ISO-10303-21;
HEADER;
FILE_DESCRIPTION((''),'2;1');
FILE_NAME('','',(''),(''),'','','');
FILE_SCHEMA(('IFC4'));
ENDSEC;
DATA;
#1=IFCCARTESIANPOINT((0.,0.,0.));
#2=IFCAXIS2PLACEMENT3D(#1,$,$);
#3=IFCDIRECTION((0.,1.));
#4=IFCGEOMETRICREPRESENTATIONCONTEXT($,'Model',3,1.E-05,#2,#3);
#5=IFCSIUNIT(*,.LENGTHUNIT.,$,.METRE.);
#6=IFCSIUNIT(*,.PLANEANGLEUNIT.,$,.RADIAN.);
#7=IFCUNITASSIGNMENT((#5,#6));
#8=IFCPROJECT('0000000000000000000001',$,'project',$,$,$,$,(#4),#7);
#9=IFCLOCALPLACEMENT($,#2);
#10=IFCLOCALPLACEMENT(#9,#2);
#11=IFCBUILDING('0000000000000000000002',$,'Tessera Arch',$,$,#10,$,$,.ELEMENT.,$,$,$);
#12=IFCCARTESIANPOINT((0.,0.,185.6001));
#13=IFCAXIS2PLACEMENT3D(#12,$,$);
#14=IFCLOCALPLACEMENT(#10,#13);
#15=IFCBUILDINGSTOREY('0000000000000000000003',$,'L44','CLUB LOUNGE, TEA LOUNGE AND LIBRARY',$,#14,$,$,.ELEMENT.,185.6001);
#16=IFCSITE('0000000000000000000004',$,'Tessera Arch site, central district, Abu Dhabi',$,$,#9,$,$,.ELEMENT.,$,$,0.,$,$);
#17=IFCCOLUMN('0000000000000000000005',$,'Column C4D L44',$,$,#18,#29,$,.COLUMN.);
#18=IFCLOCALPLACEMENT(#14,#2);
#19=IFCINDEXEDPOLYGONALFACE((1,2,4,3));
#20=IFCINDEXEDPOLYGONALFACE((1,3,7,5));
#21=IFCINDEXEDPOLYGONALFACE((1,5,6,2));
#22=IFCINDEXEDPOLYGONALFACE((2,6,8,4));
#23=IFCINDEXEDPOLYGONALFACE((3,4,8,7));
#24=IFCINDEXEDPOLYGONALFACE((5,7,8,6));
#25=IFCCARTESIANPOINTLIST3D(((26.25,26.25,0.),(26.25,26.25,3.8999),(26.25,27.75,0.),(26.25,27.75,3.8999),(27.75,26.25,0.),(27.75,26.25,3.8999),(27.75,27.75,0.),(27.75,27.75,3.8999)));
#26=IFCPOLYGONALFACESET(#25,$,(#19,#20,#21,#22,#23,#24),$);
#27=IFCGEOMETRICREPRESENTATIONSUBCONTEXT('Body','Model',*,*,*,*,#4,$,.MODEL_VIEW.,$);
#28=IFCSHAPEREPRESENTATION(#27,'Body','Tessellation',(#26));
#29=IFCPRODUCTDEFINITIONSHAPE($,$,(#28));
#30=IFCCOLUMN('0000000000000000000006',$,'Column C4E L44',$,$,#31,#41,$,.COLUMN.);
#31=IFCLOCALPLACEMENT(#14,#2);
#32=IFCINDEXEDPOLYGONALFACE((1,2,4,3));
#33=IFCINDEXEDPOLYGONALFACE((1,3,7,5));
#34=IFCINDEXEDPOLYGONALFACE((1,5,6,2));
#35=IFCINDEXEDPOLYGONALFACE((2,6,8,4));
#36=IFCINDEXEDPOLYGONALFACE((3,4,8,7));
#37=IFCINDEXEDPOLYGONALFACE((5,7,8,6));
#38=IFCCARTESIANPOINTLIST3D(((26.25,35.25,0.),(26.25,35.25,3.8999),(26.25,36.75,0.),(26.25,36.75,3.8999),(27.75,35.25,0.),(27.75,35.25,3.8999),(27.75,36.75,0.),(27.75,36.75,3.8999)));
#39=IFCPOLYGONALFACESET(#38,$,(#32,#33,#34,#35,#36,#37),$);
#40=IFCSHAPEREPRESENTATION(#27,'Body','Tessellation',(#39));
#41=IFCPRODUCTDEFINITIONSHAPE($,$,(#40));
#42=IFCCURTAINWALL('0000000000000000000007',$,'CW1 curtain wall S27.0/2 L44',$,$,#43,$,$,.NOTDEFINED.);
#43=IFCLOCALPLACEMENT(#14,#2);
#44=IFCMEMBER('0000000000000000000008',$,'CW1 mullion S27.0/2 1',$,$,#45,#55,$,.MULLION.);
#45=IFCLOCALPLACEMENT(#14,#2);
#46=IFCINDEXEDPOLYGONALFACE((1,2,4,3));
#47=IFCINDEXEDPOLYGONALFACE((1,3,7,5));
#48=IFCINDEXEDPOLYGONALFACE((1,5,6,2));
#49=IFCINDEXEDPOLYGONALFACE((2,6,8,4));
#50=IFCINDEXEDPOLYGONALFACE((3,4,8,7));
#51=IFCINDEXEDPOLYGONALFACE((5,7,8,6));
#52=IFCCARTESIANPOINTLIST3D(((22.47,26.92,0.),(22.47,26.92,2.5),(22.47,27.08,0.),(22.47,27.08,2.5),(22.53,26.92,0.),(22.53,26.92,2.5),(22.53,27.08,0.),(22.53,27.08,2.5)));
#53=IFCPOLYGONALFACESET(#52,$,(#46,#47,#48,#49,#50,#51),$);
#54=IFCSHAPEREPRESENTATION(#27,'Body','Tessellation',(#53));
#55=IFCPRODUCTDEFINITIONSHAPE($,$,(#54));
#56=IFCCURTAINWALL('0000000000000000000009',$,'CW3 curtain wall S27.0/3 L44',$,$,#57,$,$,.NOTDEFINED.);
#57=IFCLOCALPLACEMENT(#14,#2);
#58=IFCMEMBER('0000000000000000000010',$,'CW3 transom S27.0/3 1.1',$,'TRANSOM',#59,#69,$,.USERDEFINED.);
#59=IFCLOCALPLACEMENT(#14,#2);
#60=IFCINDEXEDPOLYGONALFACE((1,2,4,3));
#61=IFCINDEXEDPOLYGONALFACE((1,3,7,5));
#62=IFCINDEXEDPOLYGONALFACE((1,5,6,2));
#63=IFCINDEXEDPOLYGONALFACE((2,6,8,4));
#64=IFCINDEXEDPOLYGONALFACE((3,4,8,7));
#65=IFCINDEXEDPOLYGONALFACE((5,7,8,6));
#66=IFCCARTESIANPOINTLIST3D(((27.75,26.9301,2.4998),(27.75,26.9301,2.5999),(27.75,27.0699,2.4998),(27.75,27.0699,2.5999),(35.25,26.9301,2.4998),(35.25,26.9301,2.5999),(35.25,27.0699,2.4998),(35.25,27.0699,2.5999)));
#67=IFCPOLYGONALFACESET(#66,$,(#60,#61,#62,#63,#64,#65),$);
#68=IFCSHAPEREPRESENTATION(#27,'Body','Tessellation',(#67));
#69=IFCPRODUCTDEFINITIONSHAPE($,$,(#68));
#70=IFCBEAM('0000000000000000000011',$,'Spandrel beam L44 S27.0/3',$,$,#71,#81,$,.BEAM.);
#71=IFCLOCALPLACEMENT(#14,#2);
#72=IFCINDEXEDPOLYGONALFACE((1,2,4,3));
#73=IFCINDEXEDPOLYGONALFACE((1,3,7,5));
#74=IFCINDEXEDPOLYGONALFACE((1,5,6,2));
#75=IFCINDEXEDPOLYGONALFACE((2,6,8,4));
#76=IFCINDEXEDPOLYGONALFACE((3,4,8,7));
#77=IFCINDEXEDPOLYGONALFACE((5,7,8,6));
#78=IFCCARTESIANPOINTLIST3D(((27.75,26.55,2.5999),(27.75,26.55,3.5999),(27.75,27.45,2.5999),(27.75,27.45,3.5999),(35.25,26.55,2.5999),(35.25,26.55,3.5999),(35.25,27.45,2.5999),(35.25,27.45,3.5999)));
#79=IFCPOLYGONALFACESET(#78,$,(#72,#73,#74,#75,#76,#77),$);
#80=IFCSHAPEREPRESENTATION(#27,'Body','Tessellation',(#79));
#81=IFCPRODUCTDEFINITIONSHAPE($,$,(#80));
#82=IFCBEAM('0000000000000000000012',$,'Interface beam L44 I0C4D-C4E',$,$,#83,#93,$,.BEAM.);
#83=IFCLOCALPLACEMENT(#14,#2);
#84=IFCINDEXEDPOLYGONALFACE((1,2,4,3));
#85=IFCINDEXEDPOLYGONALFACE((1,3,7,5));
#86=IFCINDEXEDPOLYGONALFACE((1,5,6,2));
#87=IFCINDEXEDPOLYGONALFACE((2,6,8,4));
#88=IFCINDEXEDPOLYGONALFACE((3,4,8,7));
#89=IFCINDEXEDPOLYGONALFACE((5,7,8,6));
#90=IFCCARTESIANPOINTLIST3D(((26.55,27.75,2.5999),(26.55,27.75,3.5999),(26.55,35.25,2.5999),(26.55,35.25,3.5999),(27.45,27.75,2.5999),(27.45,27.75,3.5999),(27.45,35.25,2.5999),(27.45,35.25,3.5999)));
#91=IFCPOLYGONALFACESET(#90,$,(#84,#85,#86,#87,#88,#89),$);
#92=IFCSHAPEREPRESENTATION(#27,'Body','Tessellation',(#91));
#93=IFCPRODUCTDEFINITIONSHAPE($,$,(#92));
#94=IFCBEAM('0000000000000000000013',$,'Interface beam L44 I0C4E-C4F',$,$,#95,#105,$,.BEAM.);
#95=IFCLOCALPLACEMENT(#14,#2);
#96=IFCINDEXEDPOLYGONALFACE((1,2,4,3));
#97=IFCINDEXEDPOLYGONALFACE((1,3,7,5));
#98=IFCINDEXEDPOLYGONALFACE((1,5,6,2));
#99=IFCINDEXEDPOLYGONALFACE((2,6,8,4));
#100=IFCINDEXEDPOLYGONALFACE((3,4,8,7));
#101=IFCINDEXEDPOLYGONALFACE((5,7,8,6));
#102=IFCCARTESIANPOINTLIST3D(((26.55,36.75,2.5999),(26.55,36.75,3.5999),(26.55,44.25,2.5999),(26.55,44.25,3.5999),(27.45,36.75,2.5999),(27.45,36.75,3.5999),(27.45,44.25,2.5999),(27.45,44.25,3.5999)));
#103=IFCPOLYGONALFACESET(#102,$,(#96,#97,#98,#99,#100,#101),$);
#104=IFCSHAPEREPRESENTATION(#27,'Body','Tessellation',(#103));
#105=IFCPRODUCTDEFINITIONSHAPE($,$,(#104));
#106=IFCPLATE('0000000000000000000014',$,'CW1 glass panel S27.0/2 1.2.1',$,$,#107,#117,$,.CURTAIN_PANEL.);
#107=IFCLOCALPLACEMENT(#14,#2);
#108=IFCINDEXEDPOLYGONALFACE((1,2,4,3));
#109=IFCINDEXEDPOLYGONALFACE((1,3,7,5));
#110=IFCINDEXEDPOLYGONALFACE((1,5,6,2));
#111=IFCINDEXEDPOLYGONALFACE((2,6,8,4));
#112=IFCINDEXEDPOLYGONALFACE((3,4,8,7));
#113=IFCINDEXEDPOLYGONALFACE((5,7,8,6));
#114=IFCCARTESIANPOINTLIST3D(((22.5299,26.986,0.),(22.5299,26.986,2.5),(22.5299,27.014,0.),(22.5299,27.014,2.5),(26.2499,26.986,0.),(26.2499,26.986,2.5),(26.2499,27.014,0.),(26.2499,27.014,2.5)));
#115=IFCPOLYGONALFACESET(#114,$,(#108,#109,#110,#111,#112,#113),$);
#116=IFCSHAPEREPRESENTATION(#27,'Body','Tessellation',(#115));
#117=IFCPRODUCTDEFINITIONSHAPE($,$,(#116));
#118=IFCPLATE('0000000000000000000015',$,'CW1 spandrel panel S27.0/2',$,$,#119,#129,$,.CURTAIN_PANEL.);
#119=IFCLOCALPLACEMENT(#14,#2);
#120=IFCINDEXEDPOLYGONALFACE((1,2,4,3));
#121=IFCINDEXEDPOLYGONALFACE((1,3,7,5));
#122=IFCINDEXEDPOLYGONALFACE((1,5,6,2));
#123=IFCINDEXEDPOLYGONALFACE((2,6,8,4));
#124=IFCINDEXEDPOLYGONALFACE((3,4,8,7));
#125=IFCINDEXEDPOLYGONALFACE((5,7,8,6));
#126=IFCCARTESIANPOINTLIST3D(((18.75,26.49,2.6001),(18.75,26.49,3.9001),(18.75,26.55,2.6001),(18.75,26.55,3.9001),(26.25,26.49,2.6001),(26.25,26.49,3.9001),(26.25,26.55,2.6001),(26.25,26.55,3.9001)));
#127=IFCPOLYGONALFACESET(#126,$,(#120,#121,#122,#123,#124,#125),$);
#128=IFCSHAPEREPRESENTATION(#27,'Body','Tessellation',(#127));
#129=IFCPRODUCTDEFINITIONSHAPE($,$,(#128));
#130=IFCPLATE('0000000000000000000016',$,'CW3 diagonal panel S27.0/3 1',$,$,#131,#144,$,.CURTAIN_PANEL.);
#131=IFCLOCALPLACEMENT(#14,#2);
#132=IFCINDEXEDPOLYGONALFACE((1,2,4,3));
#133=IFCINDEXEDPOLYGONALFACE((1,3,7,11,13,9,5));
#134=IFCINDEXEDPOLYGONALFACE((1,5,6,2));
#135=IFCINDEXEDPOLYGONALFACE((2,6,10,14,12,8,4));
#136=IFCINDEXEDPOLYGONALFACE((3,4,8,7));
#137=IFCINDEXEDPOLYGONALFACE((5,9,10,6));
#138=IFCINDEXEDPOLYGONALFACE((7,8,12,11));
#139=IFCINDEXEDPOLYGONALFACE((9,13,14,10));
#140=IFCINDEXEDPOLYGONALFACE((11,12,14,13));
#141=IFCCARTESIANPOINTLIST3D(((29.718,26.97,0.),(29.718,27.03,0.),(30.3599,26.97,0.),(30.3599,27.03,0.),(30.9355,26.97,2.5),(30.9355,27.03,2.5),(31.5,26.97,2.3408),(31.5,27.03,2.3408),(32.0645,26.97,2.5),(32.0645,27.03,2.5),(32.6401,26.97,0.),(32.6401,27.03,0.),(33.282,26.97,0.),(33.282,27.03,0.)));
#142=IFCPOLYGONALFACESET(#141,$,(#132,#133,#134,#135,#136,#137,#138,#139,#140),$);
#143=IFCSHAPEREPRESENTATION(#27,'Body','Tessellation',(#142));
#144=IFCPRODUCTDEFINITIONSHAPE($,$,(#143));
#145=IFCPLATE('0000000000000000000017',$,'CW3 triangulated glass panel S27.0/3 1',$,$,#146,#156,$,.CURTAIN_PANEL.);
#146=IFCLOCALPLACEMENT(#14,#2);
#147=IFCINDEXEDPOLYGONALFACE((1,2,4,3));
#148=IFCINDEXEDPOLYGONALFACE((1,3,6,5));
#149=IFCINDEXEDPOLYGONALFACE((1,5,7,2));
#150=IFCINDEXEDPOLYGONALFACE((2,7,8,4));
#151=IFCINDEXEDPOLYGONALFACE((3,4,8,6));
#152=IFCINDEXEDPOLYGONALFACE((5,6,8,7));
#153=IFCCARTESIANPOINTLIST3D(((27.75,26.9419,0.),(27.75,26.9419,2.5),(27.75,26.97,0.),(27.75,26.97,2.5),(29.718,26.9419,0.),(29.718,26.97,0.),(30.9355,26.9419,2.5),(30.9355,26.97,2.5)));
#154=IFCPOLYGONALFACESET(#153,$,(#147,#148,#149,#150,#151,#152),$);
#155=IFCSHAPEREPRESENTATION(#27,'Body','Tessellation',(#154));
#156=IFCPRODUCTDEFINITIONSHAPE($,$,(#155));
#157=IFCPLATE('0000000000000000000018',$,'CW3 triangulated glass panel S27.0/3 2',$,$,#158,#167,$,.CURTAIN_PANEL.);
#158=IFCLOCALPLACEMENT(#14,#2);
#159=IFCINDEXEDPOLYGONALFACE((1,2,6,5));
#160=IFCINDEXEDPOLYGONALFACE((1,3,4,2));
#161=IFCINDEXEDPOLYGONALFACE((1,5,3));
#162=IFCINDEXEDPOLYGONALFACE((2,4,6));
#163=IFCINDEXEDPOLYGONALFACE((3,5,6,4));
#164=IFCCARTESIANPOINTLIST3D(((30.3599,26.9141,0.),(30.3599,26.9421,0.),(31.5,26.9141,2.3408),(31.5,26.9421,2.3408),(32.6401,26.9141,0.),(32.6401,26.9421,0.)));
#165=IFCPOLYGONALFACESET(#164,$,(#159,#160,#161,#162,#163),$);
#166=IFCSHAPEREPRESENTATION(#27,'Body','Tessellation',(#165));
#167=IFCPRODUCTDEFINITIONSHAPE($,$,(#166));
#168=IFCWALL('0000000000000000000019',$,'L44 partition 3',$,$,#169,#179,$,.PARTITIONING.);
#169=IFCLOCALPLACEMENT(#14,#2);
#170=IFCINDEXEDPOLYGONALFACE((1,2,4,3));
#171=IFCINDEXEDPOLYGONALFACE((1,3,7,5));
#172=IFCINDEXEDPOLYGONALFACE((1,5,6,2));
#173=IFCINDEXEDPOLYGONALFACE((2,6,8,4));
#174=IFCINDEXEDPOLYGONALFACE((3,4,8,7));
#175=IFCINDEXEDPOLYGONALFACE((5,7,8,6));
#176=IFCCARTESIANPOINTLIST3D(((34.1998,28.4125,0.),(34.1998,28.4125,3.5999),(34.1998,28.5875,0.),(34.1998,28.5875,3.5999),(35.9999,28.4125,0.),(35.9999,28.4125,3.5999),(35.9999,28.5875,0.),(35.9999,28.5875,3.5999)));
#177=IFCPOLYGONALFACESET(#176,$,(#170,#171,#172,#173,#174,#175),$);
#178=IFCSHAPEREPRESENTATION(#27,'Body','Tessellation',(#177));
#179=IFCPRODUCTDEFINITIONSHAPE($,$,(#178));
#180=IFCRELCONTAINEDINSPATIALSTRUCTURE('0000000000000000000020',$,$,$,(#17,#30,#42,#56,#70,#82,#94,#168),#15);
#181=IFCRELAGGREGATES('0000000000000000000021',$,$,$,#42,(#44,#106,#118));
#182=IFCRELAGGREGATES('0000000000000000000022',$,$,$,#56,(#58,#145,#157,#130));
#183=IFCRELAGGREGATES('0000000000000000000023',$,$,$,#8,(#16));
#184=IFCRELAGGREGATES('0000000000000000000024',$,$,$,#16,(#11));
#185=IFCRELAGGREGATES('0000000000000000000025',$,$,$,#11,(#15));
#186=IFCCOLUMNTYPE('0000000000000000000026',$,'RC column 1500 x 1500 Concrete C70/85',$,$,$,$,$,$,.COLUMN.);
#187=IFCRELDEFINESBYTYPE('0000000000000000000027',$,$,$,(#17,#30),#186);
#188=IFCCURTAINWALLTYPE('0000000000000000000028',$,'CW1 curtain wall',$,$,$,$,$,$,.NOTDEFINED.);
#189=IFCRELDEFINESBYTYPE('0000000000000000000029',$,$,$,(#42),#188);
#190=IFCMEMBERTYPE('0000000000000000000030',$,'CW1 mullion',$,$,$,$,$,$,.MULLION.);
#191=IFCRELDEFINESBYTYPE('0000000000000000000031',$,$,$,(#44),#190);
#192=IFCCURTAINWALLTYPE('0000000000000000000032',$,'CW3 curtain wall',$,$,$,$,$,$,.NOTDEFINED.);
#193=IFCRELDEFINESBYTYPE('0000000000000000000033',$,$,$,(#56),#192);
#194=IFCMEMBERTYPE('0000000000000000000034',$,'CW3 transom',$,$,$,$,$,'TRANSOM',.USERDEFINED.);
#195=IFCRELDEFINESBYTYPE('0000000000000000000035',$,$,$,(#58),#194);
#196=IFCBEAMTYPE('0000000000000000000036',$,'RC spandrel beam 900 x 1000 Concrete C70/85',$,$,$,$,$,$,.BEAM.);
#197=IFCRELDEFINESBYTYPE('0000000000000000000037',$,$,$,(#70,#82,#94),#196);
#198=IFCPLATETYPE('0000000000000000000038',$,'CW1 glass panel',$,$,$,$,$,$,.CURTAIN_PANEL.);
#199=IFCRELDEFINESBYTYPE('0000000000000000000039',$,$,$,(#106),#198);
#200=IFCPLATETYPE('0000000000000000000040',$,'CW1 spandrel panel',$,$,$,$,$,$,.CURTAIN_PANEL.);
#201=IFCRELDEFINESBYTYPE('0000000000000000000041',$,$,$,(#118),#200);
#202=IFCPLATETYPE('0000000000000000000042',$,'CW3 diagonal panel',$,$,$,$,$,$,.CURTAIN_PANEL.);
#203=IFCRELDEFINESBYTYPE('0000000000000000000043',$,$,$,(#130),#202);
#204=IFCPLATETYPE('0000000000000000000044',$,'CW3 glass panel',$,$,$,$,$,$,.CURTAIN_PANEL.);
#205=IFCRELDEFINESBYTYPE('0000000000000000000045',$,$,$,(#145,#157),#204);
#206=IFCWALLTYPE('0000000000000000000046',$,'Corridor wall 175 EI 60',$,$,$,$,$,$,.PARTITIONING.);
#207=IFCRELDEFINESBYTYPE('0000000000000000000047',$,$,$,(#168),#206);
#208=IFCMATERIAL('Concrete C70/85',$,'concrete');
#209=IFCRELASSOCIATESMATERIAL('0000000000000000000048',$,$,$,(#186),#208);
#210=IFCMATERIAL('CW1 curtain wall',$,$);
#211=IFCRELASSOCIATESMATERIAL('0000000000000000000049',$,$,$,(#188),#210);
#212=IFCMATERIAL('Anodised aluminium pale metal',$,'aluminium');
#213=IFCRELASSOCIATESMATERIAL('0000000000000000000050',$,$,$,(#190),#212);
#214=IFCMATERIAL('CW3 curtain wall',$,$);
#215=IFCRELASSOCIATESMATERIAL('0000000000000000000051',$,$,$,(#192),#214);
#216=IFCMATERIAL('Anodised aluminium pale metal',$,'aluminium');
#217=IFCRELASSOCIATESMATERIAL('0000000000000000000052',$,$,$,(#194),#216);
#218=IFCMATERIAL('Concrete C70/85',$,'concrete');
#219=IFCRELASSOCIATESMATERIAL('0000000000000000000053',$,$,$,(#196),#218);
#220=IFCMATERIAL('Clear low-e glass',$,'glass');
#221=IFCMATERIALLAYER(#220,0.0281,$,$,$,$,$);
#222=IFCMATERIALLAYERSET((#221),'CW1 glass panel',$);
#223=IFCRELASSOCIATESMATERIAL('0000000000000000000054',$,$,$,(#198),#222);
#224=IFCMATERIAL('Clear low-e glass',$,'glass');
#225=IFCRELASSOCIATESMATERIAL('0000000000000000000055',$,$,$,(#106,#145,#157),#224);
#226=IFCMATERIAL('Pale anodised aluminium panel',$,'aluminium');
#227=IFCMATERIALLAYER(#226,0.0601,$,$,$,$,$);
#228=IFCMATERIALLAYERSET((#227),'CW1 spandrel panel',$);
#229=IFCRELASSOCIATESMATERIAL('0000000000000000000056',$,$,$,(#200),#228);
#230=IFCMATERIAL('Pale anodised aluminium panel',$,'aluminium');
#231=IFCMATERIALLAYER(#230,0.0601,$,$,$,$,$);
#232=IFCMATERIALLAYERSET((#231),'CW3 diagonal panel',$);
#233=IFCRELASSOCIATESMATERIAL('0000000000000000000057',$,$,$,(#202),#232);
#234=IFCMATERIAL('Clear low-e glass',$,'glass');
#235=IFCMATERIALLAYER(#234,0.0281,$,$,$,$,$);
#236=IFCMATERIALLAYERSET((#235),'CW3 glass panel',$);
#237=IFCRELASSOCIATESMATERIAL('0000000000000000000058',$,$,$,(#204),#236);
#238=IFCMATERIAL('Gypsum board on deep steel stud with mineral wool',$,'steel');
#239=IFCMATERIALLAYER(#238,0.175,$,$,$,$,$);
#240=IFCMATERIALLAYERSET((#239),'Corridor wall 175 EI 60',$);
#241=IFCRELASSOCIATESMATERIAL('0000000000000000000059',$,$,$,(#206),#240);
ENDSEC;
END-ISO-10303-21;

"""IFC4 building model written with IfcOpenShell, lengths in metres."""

from ifc_helpers import new_model, si_unit, direction, frame, frame_2d, origin, origin_2d, place, context, subcontext, project, spatial, polyline, rectangle, outline, extrude, material, layer, layer_set, material_profile, profile_set, type_object, element, aggregate, save


model = new_model("IFC4")

# Units and contexts
model_context = context("Model", 3, precision=1e-05, world=origin(), true_north=direction((0.0, 1.0)))
body_context = subcontext(model_context, "Body", "Model", "MODEL_VIEW")
ifc_project = project(units=[si_unit("LENGTHUNIT", "METRE"), si_unit("PLANEANGLEUNIT", "RADIAN")], contexts=[model_context])

# Site, building, storey
site_placement = place(None, origin())
site = spatial("IfcSite", under=ifc_project, at=site_placement, Name="Tessera Arch site, central district, Abu Dhabi", CompositionType="ELEMENT", RefElevation=0.0)
building_placement = place(site_placement, origin())
building = spatial("IfcBuilding", under=site, at=building_placement, Name="Tessera Arch", CompositionType="ELEMENT")
storey_placement = place(building_placement, frame((0.0, 0.0, 185.6001)))
storey = spatial("IfcBuildingStorey", under=building, at=storey_placement, Name="L44", Description="CLUB LOUNGE, TEA LOUNGE AND LIBRARY", CompositionType="ELEMENT", Elevation=185.6001)

# Columns
ifc_material_1 = material(Name="Concrete C70/85", Category="concrete")
ifc_material_profile_1 = material_profile(ifc_material_1, rectangle(XDim=1.5, YDim=1.5, at=origin_2d()), Name="RC column 1500 x 1500 Concrete C70/85")
ifc_profile_set_1 = profile_set([ifc_material_profile_1], Name="Concrete C70/85")
column_type = type_object("IfcColumnType", Name="RC column 1500 x 1500 Concrete C70/85", PredefinedType="COLUMN", material=ifc_profile_set_1)
for number, where, z_axis, x_axis, name in (
    (1, (27.0, 27.0, 0.0), (0.0, 0.0, 1.0), (1.0, 0.0, 0.0), "Column C4D L44"),
    (2, (27.0, 36.0, 0.0), (0.0, 0.0, 1.0), (1.0, 0.0, 0.0), "Column C4E L44"),
):
    element("IfcColumn", number, at=place(storey_placement, frame(where, z_axis=z_axis, x_axis=x_axis)), inside=storey, type_object=column_type, Name=name, PredefinedType="COLUMN", context=body_context, shape_type="SweptSolid", body=[
        extrude(rectangle(XDim=1.5, YDim=1.5, at=origin_2d()), origin(), (0.0, 0.0, 1.0), 3.8999),
    ])

# Curtain walls, members
ifc_material_2 = material(Name="CW1 curtain wall")
curtain_wall_type_1 = type_object("IfcCurtainWallType", Name="CW1 curtain wall", PredefinedType="NOTDEFINED", material=ifc_material_2)
curtain_wall_1_placement = place(storey_placement, origin())
curtain_wall_1 = element("IfcCurtainWall", 3, at=curtain_wall_1_placement, inside=storey, type_object=curtain_wall_type_1, Name="CW1 curtain wall S27.0/2 L44", PredefinedType="NOTDEFINED")
ifc_material_3 = material(Name="Anodised aluminium pale metal", Category="aluminium")
ifc_material_profile_2 = material_profile(ifc_material_3, rectangle(XDim=0.1599, YDim=0.0601, at=origin_2d()), Name="AL 60x160")
ifc_profile_set_2 = profile_set([ifc_material_profile_2], Name="Anodised aluminium pale metal")
member_type_1 = type_object("IfcMemberType", Name="CW1 mullion", PredefinedType="MULLION", material=ifc_profile_set_2)
member_1_placement = place(storey_placement, frame((22.5, 27.0, 0.0), z_axis=(0.0, 0.0, 1.0), x_axis=(0.0, 1.0, 0.0)))
member_1 = element("IfcMember", 4, at=member_1_placement, type_object=member_type_1, Name="CW1 mullion S27.0/2 1", PredefinedType="MULLION", context=body_context, shape_type="SweptSolid", body=[
    extrude(rectangle(XDim=0.1599, YDim=0.0601, at=origin_2d()), origin(), (0.0, 0.0, 1.0), 2.5),
])
ifc_material_4 = material(Name="CW3 curtain wall")
curtain_wall_type_2 = type_object("IfcCurtainWallType", Name="CW3 curtain wall", PredefinedType="NOTDEFINED", material=ifc_material_4)
curtain_wall_2_placement = place(storey_placement, origin())
curtain_wall_2 = element("IfcCurtainWall", 5, at=curtain_wall_2_placement, inside=storey, type_object=curtain_wall_type_2, Name="CW3 curtain wall S27.0/3 L44", PredefinedType="NOTDEFINED")
ifc_material_5 = material(Name="Anodised aluminium pale metal", Category="aluminium")
ifc_material_profile_3 = material_profile(ifc_material_5, rectangle(XDim=0.1399, YDim=0.1001, at=origin_2d()), Name="AL 140x100")
ifc_profile_set_3 = profile_set([ifc_material_profile_3], Name="Anodised aluminium pale metal")
member_type_2 = type_object("IfcMemberType", Name="CW3 transom", ElementType="TRANSOM", PredefinedType="USERDEFINED", material=ifc_profile_set_3)
member_2_placement = place(storey_placement, frame((27.75, 27.0, 2.5498), z_axis=(1.0, 0.0, 0.0), x_axis=(0.0, 1.0, 0.0)))
member_2 = element("IfcMember", 6, at=member_2_placement, type_object=member_type_2, Name="CW3 transom S27.0/3 1.1", ObjectType="TRANSOM", PredefinedType="USERDEFINED", context=body_context, shape_type="SweptSolid", body=[
    extrude(rectangle(XDim=0.1399, YDim=0.1001, at=origin_2d()), origin(), (0.0, 0.0, 1.0), 7.5),
])

# Beams
ifc_material_6 = material(Name="Concrete C70/85", Category="concrete")
ifc_material_profile_4 = material_profile(ifc_material_6, rectangle(XDim=0.8999, YDim=1.0, at=origin_2d()), Name="RC spandrel beam 900 x 1000 Concrete C70/85")
ifc_profile_set_4 = profile_set([ifc_material_profile_4], Name="Concrete C70/85")
beam_type = type_object("IfcBeamType", Name="RC spandrel beam 900 x 1000 Concrete C70/85", PredefinedType="BEAM", material=ifc_profile_set_4)
for number, where, z_axis, x_axis, name in (
    (7, (27.75, 27.0, 3.0999), (1.0, 0.0, 0.0), (0.0, 1.0, 0.0), "Spandrel beam L44 S27.0/3"),
    (8, (27.0, 27.75, 3.0999), (0.0, 1.0, 0.0), (-1.0, 0.0, 0.0), "Interface beam L44 I0C4D-C4E"),
    (9, (27.0, 36.75, 3.0999), (0.0, 1.0, 0.0), (-1.0, 0.0, 0.0), "Interface beam L44 I0C4E-C4F"),
):
    element("IfcBeam", number, at=place(storey_placement, frame(where, z_axis=z_axis, x_axis=x_axis)), inside=storey, type_object=beam_type, Name=name, PredefinedType="BEAM", context=body_context, shape_type="SweptSolid", body=[
        extrude(rectangle(XDim=0.8999, YDim=1.0, at=origin_2d()), origin(), (0.0, 0.0, 1.0), 7.5),
    ])

# Plates
ifc_material_7 = material(Name="Clear low-e glass", Category="glass")
ifc_material_8 = material(Name="Clear low-e glass", Category="glass")
ifc_layer_1 = layer(ifc_material_8, 0.0281)
ifc_layer_set_1 = layer_set([ifc_layer_1], Name="CW1 glass panel")
plate_type_1 = type_object("IfcPlateType", Name="CW1 glass panel", PredefinedType="CURTAIN_PANEL", material=ifc_layer_set_1)
plate_1_placement = place(storey_placement, frame((24.3899, 27.0, 0.0), z_axis=(0.0, 0.0, 1.0), x_axis=(1.0, 0.0, 0.0)))
plate_1 = element("IfcPlate", 10, at=plate_1_placement, type_object=plate_type_1, material=ifc_material_7, Name="CW1 glass panel S27.0/2 1.2.1", PredefinedType="CURTAIN_PANEL", context=body_context, shape_type="SweptSolid", body=[
    extrude(rectangle(XDim=3.72, YDim=0.0281, at=origin_2d()), origin(), (0.0, 0.0, 1.0), 2.5),
])
ifc_material_9 = material(Name="Pale anodised aluminium panel", Category="aluminium")
ifc_layer_2 = layer(ifc_material_9, 0.0601)
ifc_layer_set_2 = layer_set([ifc_layer_2], Name="CW1 spandrel panel")
plate_type_2 = type_object("IfcPlateType", Name="CW1 spandrel panel", PredefinedType="CURTAIN_PANEL", material=ifc_layer_set_2)
plate_2_placement = place(storey_placement, frame((22.5, 26.52, 2.6001), z_axis=(0.0, 0.0, 1.0), x_axis=(1.0, 0.0, 0.0)))
plate_2 = element("IfcPlate", 11, at=plate_2_placement, type_object=plate_type_2, Name="CW1 spandrel panel S27.0/2", PredefinedType="CURTAIN_PANEL", context=body_context, shape_type="SweptSolid", body=[
    extrude(rectangle(XDim=7.5, YDim=0.0601, at=origin_2d()), origin(), (0.0, 0.0, 1.0), 1.3),
])
aggregate(curtain_wall_1, [member_1, plate_1, plate_2])
ifc_material_10 = material(Name="Pale anodised aluminium panel", Category="aluminium")
ifc_layer_3 = layer(ifc_material_10, 0.0601)
ifc_layer_set_3 = layer_set([ifc_layer_3], Name="CW3 diagonal panel")
plate_type_3 = type_object("IfcPlateType", Name="CW3 diagonal panel", PredefinedType="CURTAIN_PANEL", material=ifc_layer_set_3)
plate_3_placement = place(storey_placement, frame((32.0645, 26.97, 2.5), z_axis=(0.0, -1.0, 0.0), x_axis=(-1.0, 0.0, 0.0)))
plate_3 = element("IfcPlate", 12, at=plate_3_placement, type_object=plate_type_3, Name="CW3 diagonal panel S27.0/3 1", PredefinedType="CURTAIN_PANEL", context=body_context, shape_type="SweptSolid", body=[
    extrude(outline(polyline([(0.0, 0.0), (1.1289, 0.0), (2.3464, 2.5), (1.7046, 2.5), (0.5645, 0.1592), (-0.5757, 2.5), (-1.2175, 2.5), (0.0, 0.0)])), origin(), (0.0, 0.0, -1.0), 0.0601),
])
ifc_material_11 = material(Name="Clear low-e glass", Category="glass")
ifc_layer_4 = layer(ifc_material_11, 0.0281)
ifc_layer_set_4 = layer_set([ifc_layer_4], Name="CW3 glass panel")
plate_type_4 = type_object("IfcPlateType", Name="CW3 glass panel", PredefinedType="CURTAIN_PANEL", material=ifc_layer_set_4)
plate_4_placement = place(storey_placement, frame((27.75, 26.9419, 0.0), z_axis=(0.0, -1.0, 0.0), x_axis=(1.0, 0.0, 0.0)))
plate_4 = element("IfcPlate", 13, at=plate_4_placement, type_object=plate_type_4, material=ifc_material_7, Name="CW3 triangulated glass panel S27.0/3 1", PredefinedType="CURTAIN_PANEL", context=body_context, shape_type="SweptSolid", body=[
    extrude(outline(polyline([(0.0, 0.0), (1.968, 0.0), (3.1855, 2.5), (0.0, 2.5), (0.0, 0.0)])), origin(), (0.0, 0.0, -1.0), 0.0281),
])
plate_5_placement = place(storey_placement, frame((30.3599, 26.9141, 0.0), z_axis=(0.0, -1.0, 0.0), x_axis=(1.0, 0.0, 0.0)))
plate_5 = element("IfcPlate", 14, at=plate_5_placement, type_object=plate_type_4, material=ifc_material_7, Name="CW3 triangulated glass panel S27.0/3 2", PredefinedType="CURTAIN_PANEL", context=body_context, shape_type="SweptSolid", body=[
    extrude(outline(polyline([(0.0, 0.0), (2.2803, 0.0), (1.1401, 2.3408), (0.0, 0.0)])), origin(), (0.0, 0.0, -1.0), 0.0281),
])

# Wall
ifc_material_12 = material(Name="Gypsum board on deep steel stud with mineral wool", Category="steel")
ifc_layer_5 = layer(ifc_material_12, 0.175)
ifc_layer_set_5 = layer_set([ifc_layer_5], Name="Corridor wall 175 EI 60")
wall_type_1 = type_object("IfcWallType", Name="Corridor wall 175 EI 60", PredefinedType="PARTITIONING", material=ifc_layer_set_5)
wall_1_placement = place(storey_placement, frame((34.2, 28.5, 0.0), z_axis=(0.0, 0.0, 1.0), x_axis=(1.0, 0.0, 0.0)))
element("IfcWall", 15, at=wall_1_placement, inside=storey, type_object=wall_type_1, Name="L44 partition 3", PredefinedType="PARTITIONING", context=body_context, shape_type="SweptSolid", body=[
    extrude(rectangle(XDim=1.8, YDim=0.175, at=frame_2d((0.8999, 0.0))), origin(), (0.0, 0.0, 1.0), 3.5999),
])

aggregate(curtain_wall_2, [member_2, plate_4, plate_5, plate_3])

save(model, "model.ifc")
